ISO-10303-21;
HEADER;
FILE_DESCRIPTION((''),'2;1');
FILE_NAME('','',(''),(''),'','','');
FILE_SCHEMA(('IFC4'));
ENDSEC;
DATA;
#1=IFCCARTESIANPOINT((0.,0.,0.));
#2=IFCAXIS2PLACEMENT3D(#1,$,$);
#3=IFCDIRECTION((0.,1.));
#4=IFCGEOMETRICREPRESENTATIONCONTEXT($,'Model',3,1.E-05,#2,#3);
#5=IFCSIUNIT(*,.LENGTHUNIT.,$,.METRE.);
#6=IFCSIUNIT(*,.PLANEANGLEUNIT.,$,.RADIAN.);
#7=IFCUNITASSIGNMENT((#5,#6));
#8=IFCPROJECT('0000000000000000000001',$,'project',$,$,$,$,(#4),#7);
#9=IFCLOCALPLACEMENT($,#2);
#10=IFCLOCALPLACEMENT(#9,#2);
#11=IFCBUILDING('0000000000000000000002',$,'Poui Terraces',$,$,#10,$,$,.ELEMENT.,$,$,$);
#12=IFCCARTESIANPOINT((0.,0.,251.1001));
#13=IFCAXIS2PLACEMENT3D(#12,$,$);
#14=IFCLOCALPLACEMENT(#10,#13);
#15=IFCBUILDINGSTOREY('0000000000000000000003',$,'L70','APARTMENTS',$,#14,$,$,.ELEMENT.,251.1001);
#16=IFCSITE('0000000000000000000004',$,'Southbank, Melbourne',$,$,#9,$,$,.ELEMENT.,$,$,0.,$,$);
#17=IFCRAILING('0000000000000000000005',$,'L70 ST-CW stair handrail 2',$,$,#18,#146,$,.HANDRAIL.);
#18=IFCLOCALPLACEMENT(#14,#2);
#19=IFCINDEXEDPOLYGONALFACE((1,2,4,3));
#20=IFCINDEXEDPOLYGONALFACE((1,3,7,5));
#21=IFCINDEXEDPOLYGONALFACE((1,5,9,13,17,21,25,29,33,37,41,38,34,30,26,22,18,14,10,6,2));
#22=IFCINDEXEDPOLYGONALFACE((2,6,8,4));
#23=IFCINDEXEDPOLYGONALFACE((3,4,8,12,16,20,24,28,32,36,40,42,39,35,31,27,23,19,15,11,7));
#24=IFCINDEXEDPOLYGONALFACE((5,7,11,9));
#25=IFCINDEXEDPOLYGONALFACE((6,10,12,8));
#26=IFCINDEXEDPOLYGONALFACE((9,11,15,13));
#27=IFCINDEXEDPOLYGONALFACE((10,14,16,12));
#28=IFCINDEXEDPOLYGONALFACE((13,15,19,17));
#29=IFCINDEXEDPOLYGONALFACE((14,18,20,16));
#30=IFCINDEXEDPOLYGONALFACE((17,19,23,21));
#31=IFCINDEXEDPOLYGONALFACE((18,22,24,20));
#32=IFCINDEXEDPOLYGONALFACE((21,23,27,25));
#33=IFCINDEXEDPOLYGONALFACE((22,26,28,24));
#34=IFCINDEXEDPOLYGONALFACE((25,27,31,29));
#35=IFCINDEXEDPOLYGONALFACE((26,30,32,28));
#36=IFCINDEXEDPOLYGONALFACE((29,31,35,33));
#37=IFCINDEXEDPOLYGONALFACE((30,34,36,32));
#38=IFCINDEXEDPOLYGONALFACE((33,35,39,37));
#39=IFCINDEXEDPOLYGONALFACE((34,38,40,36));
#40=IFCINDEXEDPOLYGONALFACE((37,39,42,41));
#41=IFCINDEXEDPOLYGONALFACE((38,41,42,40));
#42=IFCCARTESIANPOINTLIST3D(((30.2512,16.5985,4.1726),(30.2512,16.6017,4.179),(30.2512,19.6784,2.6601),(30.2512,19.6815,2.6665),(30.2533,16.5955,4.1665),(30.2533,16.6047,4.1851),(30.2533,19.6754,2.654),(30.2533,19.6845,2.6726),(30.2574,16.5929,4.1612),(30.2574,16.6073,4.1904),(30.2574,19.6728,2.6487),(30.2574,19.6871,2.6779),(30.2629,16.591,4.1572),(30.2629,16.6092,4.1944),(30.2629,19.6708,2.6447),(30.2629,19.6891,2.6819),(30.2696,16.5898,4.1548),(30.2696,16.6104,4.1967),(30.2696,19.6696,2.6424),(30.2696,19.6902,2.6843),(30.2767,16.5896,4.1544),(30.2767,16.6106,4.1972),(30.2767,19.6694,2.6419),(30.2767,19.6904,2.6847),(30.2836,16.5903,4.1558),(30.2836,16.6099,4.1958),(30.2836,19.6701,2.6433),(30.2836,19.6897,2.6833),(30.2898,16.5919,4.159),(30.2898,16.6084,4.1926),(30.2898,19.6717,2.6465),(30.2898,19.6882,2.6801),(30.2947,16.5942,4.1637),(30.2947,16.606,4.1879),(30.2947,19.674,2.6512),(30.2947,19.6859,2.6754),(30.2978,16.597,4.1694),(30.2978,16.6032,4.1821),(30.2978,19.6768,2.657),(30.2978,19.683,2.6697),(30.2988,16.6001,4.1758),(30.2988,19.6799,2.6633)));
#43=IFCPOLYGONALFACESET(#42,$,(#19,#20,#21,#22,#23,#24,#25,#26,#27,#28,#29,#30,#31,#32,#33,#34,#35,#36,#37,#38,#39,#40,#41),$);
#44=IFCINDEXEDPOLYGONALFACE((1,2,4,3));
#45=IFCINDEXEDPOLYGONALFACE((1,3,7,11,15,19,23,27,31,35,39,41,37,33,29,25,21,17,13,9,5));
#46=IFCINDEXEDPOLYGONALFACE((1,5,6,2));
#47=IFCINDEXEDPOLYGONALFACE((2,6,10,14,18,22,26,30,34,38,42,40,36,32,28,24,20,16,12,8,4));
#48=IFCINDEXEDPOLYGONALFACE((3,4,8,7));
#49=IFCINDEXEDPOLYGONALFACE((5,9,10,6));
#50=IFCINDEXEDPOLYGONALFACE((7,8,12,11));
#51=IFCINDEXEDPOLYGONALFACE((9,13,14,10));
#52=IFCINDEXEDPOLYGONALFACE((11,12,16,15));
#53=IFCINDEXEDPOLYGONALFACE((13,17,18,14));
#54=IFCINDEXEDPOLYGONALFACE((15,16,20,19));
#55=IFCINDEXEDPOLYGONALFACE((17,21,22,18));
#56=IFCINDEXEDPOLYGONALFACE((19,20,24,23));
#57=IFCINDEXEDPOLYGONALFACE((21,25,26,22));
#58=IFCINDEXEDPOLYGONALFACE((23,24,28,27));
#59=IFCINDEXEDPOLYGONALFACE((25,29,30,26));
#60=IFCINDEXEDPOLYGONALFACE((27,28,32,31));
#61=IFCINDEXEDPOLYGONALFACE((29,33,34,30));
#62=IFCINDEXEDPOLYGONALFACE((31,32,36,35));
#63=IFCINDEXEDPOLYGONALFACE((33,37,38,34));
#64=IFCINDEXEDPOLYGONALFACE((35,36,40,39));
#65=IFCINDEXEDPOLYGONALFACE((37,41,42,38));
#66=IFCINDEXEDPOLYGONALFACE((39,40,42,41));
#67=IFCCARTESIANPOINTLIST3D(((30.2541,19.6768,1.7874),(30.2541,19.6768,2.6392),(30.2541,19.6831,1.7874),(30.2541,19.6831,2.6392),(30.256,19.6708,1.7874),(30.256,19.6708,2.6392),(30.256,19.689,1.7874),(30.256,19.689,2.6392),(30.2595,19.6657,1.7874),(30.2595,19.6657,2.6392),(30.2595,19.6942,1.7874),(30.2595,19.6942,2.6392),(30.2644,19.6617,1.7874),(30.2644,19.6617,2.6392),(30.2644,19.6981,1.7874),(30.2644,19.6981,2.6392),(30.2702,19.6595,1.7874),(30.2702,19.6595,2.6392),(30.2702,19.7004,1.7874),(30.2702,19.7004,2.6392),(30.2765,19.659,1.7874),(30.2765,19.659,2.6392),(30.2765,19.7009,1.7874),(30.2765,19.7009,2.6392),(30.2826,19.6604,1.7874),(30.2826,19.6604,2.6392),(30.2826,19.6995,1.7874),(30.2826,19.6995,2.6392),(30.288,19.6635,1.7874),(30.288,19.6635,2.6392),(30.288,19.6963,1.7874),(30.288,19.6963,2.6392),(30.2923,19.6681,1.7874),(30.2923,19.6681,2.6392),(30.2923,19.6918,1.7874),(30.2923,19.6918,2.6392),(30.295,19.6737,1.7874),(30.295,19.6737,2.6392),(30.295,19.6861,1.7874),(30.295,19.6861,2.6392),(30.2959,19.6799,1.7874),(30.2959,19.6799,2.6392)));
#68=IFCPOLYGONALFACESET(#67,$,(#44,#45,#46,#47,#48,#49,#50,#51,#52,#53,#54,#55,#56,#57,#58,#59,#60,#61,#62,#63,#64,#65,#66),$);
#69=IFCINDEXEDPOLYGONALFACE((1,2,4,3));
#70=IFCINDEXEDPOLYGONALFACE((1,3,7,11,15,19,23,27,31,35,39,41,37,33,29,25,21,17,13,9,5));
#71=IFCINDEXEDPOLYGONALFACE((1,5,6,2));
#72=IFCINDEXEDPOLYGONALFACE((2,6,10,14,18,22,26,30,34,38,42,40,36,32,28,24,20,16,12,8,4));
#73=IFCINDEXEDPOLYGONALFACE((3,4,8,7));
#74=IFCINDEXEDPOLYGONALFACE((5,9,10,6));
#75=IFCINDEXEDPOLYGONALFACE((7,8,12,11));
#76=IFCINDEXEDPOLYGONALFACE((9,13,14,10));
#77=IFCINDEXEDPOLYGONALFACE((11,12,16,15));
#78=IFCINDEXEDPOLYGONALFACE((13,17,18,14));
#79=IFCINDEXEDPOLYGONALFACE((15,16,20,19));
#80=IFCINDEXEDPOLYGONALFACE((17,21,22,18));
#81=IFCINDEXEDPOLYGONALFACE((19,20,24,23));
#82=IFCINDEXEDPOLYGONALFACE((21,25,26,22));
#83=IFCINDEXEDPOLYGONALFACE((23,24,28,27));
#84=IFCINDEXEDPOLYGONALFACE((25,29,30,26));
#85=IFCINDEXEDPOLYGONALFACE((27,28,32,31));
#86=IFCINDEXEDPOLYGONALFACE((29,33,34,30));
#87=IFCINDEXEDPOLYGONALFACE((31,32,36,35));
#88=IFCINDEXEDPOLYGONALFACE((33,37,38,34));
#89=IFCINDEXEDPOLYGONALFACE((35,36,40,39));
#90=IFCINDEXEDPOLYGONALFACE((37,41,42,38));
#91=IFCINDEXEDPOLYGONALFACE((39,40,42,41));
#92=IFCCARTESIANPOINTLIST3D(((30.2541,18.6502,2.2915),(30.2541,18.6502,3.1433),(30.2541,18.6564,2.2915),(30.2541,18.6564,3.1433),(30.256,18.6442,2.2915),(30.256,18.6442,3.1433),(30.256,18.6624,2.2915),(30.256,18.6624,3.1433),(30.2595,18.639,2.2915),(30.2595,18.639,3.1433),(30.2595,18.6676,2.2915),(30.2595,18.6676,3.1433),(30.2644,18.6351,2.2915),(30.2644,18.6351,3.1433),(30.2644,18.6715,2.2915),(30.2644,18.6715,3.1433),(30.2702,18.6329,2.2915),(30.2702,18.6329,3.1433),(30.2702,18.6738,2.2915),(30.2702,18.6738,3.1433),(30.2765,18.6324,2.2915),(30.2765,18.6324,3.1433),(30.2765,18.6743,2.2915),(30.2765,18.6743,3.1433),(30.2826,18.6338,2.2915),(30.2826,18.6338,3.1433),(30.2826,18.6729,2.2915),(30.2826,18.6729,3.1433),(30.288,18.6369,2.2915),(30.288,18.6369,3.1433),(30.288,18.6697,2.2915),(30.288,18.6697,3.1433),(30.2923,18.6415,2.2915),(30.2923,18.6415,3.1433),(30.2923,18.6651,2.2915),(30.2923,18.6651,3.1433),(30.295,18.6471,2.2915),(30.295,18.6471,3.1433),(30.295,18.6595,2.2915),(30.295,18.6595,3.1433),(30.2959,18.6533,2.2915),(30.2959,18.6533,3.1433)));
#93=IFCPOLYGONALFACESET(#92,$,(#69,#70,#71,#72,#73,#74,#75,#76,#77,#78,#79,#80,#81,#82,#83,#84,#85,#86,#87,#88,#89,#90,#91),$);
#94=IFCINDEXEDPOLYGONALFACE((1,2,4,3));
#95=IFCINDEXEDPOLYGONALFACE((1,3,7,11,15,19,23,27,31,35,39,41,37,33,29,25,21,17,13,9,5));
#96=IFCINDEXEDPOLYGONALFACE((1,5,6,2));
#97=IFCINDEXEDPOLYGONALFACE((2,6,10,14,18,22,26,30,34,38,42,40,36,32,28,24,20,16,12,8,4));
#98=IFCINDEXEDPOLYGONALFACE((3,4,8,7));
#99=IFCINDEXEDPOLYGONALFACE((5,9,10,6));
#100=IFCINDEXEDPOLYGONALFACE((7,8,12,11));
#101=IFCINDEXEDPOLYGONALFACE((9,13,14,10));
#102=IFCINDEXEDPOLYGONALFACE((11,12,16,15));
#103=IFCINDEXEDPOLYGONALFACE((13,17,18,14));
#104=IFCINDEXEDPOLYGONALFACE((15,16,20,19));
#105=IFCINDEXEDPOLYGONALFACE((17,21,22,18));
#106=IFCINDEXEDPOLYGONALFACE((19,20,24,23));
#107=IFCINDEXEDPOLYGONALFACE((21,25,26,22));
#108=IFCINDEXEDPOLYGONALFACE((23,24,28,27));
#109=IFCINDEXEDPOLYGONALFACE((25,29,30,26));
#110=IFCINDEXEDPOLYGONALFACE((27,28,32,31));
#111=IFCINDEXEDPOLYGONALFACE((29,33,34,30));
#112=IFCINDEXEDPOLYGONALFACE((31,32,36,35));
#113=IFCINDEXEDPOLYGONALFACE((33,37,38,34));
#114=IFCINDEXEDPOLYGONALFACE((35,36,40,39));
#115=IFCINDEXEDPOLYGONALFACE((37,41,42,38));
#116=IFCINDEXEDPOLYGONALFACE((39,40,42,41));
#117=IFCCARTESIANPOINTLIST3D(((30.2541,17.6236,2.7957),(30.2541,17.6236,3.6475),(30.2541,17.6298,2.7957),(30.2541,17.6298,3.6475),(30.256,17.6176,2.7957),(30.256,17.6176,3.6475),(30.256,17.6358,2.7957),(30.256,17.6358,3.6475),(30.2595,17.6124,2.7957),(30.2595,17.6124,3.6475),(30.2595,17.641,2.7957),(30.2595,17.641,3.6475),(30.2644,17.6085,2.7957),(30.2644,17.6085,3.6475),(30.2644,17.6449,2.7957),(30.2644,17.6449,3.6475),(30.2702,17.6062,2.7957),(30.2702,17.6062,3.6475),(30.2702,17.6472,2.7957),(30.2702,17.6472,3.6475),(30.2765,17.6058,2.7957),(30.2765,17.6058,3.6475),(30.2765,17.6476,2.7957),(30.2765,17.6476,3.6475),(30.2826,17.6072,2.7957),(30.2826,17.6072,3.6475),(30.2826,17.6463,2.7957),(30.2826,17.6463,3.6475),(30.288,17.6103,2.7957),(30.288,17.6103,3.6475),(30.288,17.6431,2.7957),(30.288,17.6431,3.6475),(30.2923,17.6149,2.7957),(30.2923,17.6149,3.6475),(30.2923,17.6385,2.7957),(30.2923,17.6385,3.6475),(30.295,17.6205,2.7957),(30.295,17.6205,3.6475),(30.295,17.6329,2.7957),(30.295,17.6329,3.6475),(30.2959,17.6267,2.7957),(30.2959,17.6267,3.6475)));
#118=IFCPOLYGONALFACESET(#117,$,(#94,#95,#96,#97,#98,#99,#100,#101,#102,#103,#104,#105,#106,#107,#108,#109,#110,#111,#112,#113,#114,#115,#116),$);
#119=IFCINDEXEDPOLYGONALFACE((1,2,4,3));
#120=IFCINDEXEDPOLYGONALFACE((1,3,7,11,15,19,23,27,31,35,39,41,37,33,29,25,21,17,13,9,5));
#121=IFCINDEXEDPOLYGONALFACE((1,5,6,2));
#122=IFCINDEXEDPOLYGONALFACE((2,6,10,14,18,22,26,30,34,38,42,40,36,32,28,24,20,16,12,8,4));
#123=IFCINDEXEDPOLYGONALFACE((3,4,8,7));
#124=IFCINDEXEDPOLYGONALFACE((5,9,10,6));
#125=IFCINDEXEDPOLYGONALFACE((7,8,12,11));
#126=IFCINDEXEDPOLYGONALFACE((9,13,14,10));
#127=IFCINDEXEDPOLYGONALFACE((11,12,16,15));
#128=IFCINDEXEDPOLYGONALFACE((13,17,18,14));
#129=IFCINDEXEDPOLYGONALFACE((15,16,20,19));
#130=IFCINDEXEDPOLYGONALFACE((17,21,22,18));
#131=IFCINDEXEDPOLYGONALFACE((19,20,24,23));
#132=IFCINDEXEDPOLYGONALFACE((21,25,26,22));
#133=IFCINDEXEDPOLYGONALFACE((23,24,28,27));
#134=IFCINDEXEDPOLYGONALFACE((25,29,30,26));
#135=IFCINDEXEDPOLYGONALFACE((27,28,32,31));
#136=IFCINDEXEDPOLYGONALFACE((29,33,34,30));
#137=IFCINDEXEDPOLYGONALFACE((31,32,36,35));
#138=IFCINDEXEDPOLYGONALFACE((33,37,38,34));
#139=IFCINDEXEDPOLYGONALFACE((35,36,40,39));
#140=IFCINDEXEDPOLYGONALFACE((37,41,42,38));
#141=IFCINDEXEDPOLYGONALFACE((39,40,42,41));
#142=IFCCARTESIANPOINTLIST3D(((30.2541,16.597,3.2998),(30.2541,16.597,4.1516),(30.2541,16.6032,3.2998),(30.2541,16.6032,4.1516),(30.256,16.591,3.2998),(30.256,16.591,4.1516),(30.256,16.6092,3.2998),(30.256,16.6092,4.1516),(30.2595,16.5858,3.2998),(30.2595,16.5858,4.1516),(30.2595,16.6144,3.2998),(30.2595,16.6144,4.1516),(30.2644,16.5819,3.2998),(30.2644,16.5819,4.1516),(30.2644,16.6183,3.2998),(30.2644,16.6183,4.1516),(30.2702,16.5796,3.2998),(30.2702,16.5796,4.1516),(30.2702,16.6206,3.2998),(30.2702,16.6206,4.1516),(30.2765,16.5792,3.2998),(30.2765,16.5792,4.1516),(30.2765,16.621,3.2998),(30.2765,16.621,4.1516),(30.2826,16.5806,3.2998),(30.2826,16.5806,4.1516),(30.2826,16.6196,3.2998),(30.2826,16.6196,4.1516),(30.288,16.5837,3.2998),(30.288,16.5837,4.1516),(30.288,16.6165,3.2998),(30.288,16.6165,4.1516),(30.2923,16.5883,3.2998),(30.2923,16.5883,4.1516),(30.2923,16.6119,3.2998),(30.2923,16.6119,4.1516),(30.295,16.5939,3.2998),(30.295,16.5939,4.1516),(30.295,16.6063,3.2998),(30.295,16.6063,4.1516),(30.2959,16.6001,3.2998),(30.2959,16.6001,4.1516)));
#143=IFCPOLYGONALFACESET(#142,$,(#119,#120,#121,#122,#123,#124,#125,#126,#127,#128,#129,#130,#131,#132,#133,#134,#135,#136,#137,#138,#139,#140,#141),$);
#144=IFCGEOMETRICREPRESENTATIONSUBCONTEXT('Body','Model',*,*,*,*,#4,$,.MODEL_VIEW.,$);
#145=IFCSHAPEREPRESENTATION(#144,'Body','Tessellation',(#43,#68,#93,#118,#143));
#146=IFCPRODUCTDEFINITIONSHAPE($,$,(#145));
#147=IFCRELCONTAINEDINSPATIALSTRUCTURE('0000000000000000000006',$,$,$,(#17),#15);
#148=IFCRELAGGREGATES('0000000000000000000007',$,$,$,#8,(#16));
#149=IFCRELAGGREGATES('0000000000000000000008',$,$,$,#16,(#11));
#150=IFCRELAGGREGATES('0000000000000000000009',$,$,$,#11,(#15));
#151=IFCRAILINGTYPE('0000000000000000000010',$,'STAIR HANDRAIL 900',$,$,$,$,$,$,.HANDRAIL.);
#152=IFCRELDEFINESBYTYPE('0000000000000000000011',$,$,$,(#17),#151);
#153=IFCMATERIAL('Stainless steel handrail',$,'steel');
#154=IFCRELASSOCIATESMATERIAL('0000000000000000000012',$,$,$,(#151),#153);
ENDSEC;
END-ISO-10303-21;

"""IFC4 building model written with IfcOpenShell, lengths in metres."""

from ifc_helpers import new_model, si_unit, direction, frame, origin, origin_2d, place, context, subcontext, project, spatial, circle, extrude, material, type_object, element, save


model = new_model("IFC4")

# Units and contexts
model_context = context("Model", 3, precision=1e-05, world=origin(), true_north=direction((0.0, 1.0)))
body_context = subcontext(model_context, "Body", "Model", "MODEL_VIEW")
ifc_project = project(units=[si_unit("LENGTHUNIT", "METRE"), si_unit("PLANEANGLEUNIT", "RADIAN")], contexts=[model_context])

# Site, building, storey
site_placement = place(None, origin())
site = spatial("IfcSite", under=ifc_project, at=site_placement, Name="Southbank, Melbourne", CompositionType="ELEMENT", RefElevation=0.0)
building_placement = place(site_placement, origin())
building = spatial("IfcBuilding", under=site, at=building_placement, Name="Poui Terraces", CompositionType="ELEMENT")
storey_placement = place(building_placement, frame((0.0, 0.0, 251.1001)))
storey = spatial("IfcBuildingStorey", under=building, at=storey_placement, Name="L70", Description="APARTMENTS", CompositionType="ELEMENT", Elevation=251.1001)

# Railing
ifc_material_1 = material(Name="Stainless steel handrail", Category="steel")
railing_type_1 = type_object("IfcRailingType", Name="STAIR HANDRAIL 900", PredefinedType="HANDRAIL", material=ifc_material_1)
railing_1_placement = place(storey_placement, frame((30.2749, 19.6799, 1.7874)))
element("IfcRailing", 1, at=railing_1_placement, inside=storey, type_object=railing_type_1, Name="L70 ST-CW stair handrail 2", PredefinedType="HANDRAIL", context=body_context, shape_type="SweptSolid", body=[
    extrude(circle(Radius=0.0239, at=origin_2d()), frame((0.0, 0.0, 0.876), z_axis=(0.0, -0.897606, 0.440798), x_axis=(1.0, 0.0, 0.0)), (0.0, 0.0, 1.0), 3.4312),
    extrude(circle(Radius=0.021, at=origin_2d()), origin(), (0.0, 0.0, 1.0), 0.8518),
    extrude(circle(Radius=0.021, at=origin_2d()), frame((0.0, -1.0266, 0.5042)), (0.0, 0.0, 1.0), 0.8518),
    extrude(circle(Radius=0.021, at=origin_2d()), frame((0.0, -2.0532, 1.0083)), (0.0, 0.0, 1.0), 0.8518),
    extrude(circle(Radius=0.021, at=origin_2d()), frame((0.0, -3.0798, 1.5125)), (0.0, 0.0, 1.0), 0.8518),
])

save(model, "model.ifc")
